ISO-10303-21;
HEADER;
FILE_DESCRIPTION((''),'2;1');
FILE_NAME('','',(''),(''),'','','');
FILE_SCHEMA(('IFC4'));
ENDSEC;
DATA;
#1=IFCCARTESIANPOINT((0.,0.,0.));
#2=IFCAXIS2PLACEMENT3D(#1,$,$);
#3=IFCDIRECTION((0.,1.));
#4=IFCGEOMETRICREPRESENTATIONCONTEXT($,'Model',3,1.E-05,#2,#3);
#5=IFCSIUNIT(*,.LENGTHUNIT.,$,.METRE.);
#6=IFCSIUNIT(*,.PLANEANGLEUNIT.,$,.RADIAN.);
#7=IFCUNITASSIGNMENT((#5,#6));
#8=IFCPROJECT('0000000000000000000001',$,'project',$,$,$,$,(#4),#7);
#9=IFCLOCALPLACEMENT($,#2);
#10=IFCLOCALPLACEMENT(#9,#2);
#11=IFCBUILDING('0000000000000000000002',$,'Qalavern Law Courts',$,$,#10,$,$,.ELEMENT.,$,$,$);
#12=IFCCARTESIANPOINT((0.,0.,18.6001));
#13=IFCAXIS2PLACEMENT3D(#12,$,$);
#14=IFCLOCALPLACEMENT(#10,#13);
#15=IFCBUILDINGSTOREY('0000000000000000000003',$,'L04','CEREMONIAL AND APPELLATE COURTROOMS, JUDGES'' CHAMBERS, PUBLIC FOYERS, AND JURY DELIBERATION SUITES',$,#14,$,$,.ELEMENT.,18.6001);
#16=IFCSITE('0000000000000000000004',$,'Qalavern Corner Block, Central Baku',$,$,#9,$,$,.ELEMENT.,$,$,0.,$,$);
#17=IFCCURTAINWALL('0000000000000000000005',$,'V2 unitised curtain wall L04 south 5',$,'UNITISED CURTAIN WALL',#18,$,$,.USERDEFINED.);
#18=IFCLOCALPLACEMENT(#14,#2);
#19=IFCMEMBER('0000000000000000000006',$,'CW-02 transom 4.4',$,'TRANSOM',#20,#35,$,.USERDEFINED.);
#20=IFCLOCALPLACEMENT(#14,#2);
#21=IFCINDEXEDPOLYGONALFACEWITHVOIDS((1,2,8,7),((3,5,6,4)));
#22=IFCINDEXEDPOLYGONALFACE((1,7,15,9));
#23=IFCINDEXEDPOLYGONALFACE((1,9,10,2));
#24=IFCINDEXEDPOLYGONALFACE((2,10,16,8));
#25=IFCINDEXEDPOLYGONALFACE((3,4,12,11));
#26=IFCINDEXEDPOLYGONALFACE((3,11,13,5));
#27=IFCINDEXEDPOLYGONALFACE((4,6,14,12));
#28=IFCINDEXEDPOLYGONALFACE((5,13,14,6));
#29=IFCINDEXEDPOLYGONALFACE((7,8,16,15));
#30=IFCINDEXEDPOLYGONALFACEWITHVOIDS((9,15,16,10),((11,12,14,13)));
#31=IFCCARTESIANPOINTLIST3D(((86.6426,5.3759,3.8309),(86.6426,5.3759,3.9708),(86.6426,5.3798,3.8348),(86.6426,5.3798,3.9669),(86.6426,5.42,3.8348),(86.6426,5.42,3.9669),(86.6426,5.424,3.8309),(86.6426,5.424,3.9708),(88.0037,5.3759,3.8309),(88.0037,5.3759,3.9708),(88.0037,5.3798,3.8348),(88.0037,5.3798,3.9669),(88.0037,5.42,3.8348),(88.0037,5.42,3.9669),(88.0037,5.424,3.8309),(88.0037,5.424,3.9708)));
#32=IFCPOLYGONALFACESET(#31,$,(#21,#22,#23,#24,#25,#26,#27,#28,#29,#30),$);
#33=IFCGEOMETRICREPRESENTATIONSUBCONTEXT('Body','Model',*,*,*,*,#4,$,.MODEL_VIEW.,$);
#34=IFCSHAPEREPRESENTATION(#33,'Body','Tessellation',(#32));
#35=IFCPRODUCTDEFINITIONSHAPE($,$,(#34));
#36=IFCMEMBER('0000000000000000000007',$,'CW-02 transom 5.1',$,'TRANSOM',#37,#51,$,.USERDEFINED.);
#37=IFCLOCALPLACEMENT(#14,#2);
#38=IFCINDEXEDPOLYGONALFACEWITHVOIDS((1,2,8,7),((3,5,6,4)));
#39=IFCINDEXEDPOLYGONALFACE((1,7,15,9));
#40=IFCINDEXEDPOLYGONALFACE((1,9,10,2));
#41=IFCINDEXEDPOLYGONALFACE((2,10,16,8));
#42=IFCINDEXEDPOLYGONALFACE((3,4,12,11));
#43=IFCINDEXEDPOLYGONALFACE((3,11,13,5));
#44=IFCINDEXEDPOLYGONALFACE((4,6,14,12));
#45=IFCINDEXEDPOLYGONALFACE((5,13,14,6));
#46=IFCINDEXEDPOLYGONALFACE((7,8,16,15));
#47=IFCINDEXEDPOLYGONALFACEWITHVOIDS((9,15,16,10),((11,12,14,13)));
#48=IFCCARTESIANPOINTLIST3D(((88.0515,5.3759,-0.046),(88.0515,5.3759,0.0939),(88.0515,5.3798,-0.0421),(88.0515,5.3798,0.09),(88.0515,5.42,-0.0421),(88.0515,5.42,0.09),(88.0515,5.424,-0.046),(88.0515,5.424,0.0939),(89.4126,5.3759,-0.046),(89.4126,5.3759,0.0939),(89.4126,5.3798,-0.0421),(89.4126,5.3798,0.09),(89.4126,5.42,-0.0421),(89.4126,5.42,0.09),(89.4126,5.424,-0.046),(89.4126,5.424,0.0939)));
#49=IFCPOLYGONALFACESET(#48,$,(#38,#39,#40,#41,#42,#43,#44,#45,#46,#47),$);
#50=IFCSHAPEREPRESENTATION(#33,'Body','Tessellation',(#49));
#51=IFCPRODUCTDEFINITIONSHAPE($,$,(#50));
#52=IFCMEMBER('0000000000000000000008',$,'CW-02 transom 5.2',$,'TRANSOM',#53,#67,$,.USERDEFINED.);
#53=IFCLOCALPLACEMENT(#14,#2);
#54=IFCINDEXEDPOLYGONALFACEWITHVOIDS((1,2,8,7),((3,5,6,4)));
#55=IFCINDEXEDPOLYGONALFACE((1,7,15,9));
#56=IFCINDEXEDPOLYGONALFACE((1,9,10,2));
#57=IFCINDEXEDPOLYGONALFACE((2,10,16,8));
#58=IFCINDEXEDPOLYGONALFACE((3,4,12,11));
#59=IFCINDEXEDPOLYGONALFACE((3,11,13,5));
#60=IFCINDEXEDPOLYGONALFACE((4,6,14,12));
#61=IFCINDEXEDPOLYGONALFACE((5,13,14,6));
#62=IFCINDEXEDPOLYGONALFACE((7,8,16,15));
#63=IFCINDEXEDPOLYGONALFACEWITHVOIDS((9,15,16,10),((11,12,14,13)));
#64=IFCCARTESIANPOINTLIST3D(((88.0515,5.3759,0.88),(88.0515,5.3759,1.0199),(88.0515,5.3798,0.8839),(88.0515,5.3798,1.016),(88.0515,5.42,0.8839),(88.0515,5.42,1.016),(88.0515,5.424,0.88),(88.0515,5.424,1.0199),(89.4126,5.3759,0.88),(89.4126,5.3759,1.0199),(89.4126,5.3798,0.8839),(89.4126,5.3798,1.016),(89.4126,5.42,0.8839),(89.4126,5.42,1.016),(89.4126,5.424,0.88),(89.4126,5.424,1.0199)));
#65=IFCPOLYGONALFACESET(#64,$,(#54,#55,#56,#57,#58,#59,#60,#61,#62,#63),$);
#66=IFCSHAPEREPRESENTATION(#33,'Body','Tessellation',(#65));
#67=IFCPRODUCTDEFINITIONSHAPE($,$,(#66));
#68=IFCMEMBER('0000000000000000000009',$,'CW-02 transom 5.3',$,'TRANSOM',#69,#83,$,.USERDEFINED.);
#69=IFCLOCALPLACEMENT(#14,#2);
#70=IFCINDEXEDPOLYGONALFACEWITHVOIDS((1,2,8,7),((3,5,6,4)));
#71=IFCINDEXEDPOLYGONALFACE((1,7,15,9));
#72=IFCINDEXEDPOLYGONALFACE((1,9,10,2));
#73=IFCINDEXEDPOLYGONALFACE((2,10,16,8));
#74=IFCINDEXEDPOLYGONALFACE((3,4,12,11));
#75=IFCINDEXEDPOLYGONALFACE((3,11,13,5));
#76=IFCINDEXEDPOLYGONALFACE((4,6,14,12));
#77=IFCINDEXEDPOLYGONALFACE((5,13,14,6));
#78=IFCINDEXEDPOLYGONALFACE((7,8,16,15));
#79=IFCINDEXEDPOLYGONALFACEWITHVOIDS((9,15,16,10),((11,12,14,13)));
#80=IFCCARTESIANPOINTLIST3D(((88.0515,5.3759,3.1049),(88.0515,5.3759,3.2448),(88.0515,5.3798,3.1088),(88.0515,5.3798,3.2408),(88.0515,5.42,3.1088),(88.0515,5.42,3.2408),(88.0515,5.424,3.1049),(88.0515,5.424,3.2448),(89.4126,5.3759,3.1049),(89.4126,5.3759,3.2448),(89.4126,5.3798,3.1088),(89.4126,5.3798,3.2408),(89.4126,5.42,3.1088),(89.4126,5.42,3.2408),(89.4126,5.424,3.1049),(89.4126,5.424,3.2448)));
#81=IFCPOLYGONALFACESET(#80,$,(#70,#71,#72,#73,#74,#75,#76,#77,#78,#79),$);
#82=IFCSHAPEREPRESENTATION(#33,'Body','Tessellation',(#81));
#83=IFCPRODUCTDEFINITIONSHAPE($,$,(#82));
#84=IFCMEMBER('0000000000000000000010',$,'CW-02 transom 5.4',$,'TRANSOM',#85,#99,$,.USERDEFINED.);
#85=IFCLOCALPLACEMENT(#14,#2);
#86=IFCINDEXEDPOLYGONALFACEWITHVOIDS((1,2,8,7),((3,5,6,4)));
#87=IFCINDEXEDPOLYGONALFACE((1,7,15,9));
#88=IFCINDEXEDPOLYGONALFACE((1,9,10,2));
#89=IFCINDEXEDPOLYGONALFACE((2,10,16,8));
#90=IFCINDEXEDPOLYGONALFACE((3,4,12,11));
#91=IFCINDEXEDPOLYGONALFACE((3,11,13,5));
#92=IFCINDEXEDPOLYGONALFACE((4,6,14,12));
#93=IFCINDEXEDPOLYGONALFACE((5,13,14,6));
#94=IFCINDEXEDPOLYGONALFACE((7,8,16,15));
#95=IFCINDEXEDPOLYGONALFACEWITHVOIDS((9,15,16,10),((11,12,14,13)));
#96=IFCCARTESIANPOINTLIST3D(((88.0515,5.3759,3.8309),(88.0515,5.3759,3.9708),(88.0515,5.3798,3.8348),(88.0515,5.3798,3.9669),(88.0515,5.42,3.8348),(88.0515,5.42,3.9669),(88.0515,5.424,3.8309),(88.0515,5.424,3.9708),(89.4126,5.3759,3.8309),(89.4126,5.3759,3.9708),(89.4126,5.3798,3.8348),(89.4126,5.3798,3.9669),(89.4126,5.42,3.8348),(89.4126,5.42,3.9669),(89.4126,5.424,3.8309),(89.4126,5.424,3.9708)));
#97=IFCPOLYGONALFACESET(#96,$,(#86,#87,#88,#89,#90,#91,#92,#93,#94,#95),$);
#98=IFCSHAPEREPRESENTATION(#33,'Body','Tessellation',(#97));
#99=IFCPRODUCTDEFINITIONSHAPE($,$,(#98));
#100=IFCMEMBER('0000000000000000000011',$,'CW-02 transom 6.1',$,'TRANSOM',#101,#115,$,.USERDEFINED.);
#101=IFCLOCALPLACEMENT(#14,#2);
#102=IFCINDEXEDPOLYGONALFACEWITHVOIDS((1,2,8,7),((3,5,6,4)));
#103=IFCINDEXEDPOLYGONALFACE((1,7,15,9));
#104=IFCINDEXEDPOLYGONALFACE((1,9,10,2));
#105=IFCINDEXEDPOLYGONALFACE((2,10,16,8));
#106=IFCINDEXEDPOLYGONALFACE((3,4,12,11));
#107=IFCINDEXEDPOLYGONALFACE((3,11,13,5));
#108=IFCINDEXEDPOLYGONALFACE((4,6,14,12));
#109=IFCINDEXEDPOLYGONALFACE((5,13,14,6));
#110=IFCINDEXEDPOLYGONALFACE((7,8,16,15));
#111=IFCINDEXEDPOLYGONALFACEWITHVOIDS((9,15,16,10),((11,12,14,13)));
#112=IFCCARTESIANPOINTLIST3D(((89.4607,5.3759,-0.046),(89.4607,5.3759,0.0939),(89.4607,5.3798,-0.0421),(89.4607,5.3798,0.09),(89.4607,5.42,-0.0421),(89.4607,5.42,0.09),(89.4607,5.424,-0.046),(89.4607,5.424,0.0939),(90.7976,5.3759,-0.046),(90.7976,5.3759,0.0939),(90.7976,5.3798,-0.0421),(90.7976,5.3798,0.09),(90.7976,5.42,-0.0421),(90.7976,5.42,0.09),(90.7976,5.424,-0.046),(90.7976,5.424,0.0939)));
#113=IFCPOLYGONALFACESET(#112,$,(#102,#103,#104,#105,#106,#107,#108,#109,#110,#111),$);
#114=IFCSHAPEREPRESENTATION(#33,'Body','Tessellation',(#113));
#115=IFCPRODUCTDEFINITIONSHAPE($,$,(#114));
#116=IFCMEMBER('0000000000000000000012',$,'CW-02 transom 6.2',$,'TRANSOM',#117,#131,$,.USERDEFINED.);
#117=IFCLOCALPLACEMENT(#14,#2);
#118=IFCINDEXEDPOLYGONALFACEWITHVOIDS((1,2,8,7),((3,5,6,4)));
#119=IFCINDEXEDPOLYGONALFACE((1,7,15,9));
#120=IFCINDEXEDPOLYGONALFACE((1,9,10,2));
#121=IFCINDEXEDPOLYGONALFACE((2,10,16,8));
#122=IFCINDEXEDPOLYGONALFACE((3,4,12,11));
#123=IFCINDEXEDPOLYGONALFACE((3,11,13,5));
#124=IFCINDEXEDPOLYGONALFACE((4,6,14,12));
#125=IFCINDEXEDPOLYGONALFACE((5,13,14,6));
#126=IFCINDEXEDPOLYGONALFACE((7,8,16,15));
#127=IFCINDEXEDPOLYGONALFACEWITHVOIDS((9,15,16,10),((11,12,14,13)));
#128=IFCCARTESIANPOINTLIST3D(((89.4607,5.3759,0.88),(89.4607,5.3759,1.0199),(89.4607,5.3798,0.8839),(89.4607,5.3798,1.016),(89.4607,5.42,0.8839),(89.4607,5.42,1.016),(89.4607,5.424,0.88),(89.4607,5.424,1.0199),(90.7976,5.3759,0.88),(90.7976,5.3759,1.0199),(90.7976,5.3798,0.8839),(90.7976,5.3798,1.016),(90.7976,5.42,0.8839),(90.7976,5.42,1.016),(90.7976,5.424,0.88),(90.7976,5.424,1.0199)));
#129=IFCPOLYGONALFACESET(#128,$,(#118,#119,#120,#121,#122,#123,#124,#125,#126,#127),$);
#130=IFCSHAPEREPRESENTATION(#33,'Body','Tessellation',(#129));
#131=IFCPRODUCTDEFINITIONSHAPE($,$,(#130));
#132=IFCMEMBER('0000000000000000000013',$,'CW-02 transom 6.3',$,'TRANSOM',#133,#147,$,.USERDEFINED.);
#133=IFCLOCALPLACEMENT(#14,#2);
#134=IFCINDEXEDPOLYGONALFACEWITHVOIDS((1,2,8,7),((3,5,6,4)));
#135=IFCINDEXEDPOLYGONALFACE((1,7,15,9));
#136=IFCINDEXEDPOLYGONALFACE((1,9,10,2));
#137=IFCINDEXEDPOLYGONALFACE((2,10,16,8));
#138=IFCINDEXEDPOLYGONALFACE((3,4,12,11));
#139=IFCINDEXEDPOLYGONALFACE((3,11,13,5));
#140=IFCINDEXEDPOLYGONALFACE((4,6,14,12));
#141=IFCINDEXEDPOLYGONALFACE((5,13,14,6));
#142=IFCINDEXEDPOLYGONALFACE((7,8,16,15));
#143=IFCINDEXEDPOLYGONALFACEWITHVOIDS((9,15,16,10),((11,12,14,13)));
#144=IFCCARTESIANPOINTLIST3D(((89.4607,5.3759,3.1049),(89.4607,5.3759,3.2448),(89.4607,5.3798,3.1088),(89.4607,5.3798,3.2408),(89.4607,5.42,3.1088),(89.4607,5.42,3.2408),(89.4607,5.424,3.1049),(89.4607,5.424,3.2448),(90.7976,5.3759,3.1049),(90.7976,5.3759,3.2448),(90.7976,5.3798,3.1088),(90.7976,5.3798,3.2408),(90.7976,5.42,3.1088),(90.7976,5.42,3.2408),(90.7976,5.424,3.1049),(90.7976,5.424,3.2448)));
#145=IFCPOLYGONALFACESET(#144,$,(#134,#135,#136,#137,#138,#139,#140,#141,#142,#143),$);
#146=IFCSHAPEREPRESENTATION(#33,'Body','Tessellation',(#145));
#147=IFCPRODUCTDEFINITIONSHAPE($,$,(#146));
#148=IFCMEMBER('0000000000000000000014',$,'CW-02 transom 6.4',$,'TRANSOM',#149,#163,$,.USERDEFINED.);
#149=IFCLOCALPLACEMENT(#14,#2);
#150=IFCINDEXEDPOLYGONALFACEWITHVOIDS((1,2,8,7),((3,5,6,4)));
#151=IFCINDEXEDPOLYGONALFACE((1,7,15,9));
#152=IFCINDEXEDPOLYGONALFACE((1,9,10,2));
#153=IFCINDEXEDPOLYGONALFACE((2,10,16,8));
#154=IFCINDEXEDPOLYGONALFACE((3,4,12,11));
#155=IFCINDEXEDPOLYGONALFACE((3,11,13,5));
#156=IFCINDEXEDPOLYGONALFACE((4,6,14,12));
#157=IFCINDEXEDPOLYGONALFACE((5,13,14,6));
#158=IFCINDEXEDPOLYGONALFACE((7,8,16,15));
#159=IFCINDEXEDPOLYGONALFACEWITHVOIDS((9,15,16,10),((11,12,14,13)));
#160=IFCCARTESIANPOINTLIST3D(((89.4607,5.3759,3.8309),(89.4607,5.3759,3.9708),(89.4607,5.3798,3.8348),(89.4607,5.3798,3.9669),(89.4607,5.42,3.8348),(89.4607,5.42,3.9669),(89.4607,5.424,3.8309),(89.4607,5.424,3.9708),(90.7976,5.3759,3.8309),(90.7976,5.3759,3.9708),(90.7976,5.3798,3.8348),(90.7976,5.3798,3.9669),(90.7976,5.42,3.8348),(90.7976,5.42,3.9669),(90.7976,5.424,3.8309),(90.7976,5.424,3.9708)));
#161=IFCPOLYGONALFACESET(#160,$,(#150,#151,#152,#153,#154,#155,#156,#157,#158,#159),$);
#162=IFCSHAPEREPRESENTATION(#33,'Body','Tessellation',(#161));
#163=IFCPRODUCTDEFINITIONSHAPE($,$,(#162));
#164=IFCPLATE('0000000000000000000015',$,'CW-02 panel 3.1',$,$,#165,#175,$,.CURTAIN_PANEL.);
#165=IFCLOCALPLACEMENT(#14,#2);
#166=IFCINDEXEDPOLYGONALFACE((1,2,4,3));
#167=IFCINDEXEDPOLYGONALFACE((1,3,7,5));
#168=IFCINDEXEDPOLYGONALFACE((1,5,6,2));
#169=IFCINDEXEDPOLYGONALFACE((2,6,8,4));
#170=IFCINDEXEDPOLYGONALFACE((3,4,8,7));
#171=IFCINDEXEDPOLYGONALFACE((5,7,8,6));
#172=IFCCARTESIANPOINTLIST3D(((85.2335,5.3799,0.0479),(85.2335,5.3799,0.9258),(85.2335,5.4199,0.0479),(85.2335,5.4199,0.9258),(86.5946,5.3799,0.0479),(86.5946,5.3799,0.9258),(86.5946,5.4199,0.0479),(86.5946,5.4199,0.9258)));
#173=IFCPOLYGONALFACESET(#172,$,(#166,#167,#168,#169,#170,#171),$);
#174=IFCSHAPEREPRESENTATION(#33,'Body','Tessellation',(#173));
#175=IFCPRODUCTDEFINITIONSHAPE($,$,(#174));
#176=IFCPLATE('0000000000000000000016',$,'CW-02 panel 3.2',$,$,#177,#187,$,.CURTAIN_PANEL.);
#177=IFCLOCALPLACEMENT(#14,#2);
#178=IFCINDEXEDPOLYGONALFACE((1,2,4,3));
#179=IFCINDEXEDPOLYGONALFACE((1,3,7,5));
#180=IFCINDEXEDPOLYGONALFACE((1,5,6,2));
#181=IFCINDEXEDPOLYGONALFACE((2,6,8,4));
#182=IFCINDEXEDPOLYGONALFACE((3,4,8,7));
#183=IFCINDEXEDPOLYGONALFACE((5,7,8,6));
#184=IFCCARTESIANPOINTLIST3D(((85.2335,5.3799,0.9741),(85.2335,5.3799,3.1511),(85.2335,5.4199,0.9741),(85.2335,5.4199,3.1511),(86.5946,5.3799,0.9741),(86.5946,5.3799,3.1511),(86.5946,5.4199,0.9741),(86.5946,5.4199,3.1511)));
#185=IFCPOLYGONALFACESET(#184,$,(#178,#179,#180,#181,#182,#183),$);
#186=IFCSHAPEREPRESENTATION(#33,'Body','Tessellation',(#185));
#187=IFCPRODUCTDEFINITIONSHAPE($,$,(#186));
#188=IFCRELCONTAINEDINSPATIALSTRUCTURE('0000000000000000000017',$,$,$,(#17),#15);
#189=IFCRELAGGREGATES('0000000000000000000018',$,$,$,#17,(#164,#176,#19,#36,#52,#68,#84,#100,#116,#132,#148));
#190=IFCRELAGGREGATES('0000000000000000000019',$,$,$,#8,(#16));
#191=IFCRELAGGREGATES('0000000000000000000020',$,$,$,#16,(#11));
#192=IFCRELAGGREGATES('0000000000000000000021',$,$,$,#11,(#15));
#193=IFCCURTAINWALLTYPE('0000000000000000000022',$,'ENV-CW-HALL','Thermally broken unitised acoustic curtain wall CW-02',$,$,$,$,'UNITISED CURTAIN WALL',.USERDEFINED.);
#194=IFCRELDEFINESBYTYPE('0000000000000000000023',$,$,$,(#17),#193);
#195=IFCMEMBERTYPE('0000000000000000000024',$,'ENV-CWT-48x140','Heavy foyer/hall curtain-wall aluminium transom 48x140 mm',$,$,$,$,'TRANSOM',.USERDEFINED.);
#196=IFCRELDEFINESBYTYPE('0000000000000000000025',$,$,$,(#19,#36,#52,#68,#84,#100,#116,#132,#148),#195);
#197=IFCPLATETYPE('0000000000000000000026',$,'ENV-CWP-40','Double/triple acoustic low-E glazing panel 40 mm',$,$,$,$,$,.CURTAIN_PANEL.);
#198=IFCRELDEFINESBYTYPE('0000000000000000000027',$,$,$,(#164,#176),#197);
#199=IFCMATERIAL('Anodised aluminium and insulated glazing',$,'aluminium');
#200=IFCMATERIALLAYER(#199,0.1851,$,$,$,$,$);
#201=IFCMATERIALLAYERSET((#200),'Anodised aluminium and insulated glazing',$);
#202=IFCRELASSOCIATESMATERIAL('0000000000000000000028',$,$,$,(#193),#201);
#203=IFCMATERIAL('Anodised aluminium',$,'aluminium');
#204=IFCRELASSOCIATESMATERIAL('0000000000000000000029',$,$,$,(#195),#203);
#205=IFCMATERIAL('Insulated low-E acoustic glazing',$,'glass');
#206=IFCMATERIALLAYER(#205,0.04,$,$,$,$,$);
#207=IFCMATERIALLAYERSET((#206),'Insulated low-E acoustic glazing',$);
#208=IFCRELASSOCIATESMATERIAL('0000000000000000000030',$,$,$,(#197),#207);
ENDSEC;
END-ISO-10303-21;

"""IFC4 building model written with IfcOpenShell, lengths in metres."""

from ifc_helpers import new_model, si_unit, direction, frame, origin, origin_2d, place, context, subcontext, project, spatial, rectangle, hollow_rectangle, extrude, material, layer, layer_set, material_profile, profile_set, type_object, element, aggregate, save


model = new_model("IFC4")

# Units and contexts
model_context = context("Model", 3, precision=1e-05, world=origin(), true_north=direction((0.0, 1.0)))
body_context = subcontext(model_context, "Body", "Model", "MODEL_VIEW")
ifc_project = project(units=[si_unit("LENGTHUNIT", "METRE"), si_unit("PLANEANGLEUNIT", "RADIAN")], contexts=[model_context])

# Site, building, storey
site_placement = place(None, origin())
site = spatial("IfcSite", under=ifc_project, at=site_placement, Name="Qalavern Corner Block, Central Baku", CompositionType="ELEMENT", RefElevation=0.0)
building_placement = place(site_placement, origin())
building = spatial("IfcBuilding", under=site, at=building_placement, Name="Qalavern Law Courts", CompositionType="ELEMENT")
storey_placement = place(building_placement, frame((0.0, 0.0, 18.6001)))
storey = spatial("IfcBuildingStorey", under=building, at=storey_placement, Name="L04", Description="CEREMONIAL AND APPELLATE COURTROOMS, JUDGES' CHAMBERS, PUBLIC FOYERS, AND JURY DELIBERATION SUITES", CompositionType="ELEMENT", Elevation=18.6001)

# Curtain wall, members, plates
ifc_material_1 = material(Name="Anodised aluminium and insulated glazing", Category="aluminium")
ifc_layer_1 = layer(ifc_material_1, 0.1851)
ifc_layer_set_1 = layer_set([ifc_layer_1], Name="Anodised aluminium and insulated glazing")
curtain_wall_type = type_object("IfcCurtainWallType", Name="ENV-CW-HALL", Description="Thermally broken unitised acoustic curtain wall CW-02", ElementType="UNITISED CURTAIN WALL", PredefinedType="USERDEFINED", material=ifc_layer_set_1)
curtain_wall_placement = place(storey_placement, origin())
curtain_wall = element("IfcCurtainWall", 1, at=curtain_wall_placement, inside=storey, type_object=curtain_wall_type, Name="V2 unitised curtain wall L04 south 5", ObjectType="UNITISED CURTAIN WALL", PredefinedType="USERDEFINED")
ifc_material_2 = material(Name="Anodised aluminium", Category="aluminium")
ifc_material_profile_1 = material_profile(ifc_material_2, hollow_rectangle(XDim=0.0481, YDim=0.1399, WallThickness=0.0039, at=origin_2d()), Name="ALU TRANSOM 48x140")
ifc_profile_set_1 = profile_set([ifc_material_profile_1], Name="Anodised aluminium")
member_type_1 = type_object("IfcMemberType", Name="ENV-CWT-48x140", Description="Heavy foyer/hall curtain-wall aluminium transom 48x140 mm", ElementType="TRANSOM", PredefinedType="USERDEFINED", material=ifc_profile_set_1)
member_1_placement = place(storey_placement, frame((86.6426, 5.3999, 3.9009), z_axis=(1.0, 0.0, 0.0), x_axis=(0.0, 1.0, 0.0)))
member_1 = element("IfcMember", 2, at=member_1_placement, type_object=member_type_1, Name="CW-02 transom 4.4", ObjectType="TRANSOM", PredefinedType="USERDEFINED", context=body_context, shape_type="SweptSolid", body=[
    extrude(hollow_rectangle(XDim=0.0481, YDim=0.1399, WallThickness=0.0039, at=origin_2d()), origin(), (0.0, 0.0, 1.0), 1.3611),
])
member_2_placement = place(storey_placement, frame((88.0515, 5.3999, 0.0239), z_axis=(1.0, 0.0, 0.0), x_axis=(0.0, 1.0, 0.0)))
member_2 = element("IfcMember", 3, at=member_2_placement, type_object=member_type_1, Name="CW-02 transom 5.1", ObjectType="TRANSOM", PredefinedType="USERDEFINED", context=body_context, shape_type="SweptSolid", body=[
    extrude(hollow_rectangle(XDim=0.0481, YDim=0.1399, WallThickness=0.0039, at=origin_2d()), origin(), (0.0, 0.0, 1.0), 1.3611),
])
member_3_placement = place(storey_placement, frame((88.0515, 5.3999, 0.95), z_axis=(1.0, 0.0, 0.0), x_axis=(0.0, 1.0, 0.0)))
member_3 = element("IfcMember", 4, at=member_3_placement, type_object=member_type_1, Name="CW-02 transom 5.2", ObjectType="TRANSOM", PredefinedType="USERDEFINED", context=body_context, shape_type="SweptSolid", body=[
    extrude(hollow_rectangle(XDim=0.0481, YDim=0.1399, WallThickness=0.0039, at=origin_2d()), origin(), (0.0, 0.0, 1.0), 1.3611),
])
member_4_placement = place(storey_placement, frame((88.0515, 5.3999, 3.1748), z_axis=(1.0, 0.0, 0.0), x_axis=(0.0, 1.0, 0.0)))
member_4 = element("IfcMember", 5, at=member_4_placement, type_object=member_type_1, Name="CW-02 transom 5.3", ObjectType="TRANSOM", PredefinedType="USERDEFINED", context=body_context, shape_type="SweptSolid", body=[
    extrude(hollow_rectangle(XDim=0.0481, YDim=0.1399, WallThickness=0.0039, at=origin_2d()), origin(), (0.0, 0.0, 1.0), 1.3611),
])
member_5_placement = place(storey_placement, frame((88.0515, 5.3999, 3.9009), z_axis=(1.0, 0.0, 0.0), x_axis=(0.0, 1.0, 0.0)))
member_5 = element("IfcMember", 6, at=member_5_placement, type_object=member_type_1, Name="CW-02 transom 5.4", ObjectType="TRANSOM", PredefinedType="USERDEFINED", context=body_context, shape_type="SweptSolid", body=[
    extrude(hollow_rectangle(XDim=0.0481, YDim=0.1399, WallThickness=0.0039, at=origin_2d()), origin(), (0.0, 0.0, 1.0), 1.3611),
])
member_6_placement = place(storey_placement, frame((89.4607, 5.3999, 0.0239), z_axis=(1.0, 0.0, 0.0), x_axis=(0.0, 1.0, 0.0)))
member_6 = element("IfcMember", 7, at=member_6_placement, type_object=member_type_1, Name="CW-02 transom 6.1", ObjectType="TRANSOM", PredefinedType="USERDEFINED", context=body_context, shape_type="SweptSolid", body=[
    extrude(hollow_rectangle(XDim=0.0481, YDim=0.1399, WallThickness=0.0039, at=origin_2d()), origin(), (0.0, 0.0, 1.0), 1.3369),
])
member_7_placement = place(storey_placement, frame((89.4607, 5.3999, 0.95), z_axis=(1.0, 0.0, 0.0), x_axis=(0.0, 1.0, 0.0)))
member_7 = element("IfcMember", 8, at=member_7_placement, type_object=member_type_1, Name="CW-02 transom 6.2", ObjectType="TRANSOM", PredefinedType="USERDEFINED", context=body_context, shape_type="SweptSolid", body=[
    extrude(hollow_rectangle(XDim=0.0481, YDim=0.1399, WallThickness=0.0039, at=origin_2d()), origin(), (0.0, 0.0, 1.0), 1.3369),
])
member_8_placement = place(storey_placement, frame((89.4607, 5.3999, 3.1748), z_axis=(1.0, 0.0, 0.0), x_axis=(0.0, 1.0, 0.0)))
member_8 = element("IfcMember", 9, at=member_8_placement, type_object=member_type_1, Name="CW-02 transom 6.3", ObjectType="TRANSOM", PredefinedType="USERDEFINED", context=body_context, shape_type="SweptSolid", body=[
    extrude(hollow_rectangle(XDim=0.0481, YDim=0.1399, WallThickness=0.0039, at=origin_2d()), origin(), (0.0, 0.0, 1.0), 1.3369),
])
member_9_placement = place(storey_placement, frame((89.4607, 5.3999, 3.9009), z_axis=(1.0, 0.0, 0.0), x_axis=(0.0, 1.0, 0.0)))
member_9 = element("IfcMember", 10, at=member_9_placement, type_object=member_type_1, Name="CW-02 transom 6.4", ObjectType="TRANSOM", PredefinedType="USERDEFINED", context=body_context, shape_type="SweptSolid", body=[
    extrude(hollow_rectangle(XDim=0.0481, YDim=0.1399, WallThickness=0.0039, at=origin_2d()), origin(), (0.0, 0.0, 1.0), 1.3369),
])
ifc_material_3 = material(Name="Insulated low-E acoustic glazing", Category="glass")
ifc_layer_2 = layer(ifc_material_3, 0.04)
ifc_layer_set_2 = layer_set([ifc_layer_2], Name="Insulated low-E acoustic glazing")
plate_type = type_object("IfcPlateType", Name="ENV-CWP-40", Description="Double/triple acoustic low-E glazing panel 40 mm", PredefinedType="CURTAIN_PANEL", material=ifc_layer_set_2)
plate_1_placement = place(storey_placement, frame((85.9141, 5.3999, 0.0479), z_axis=(0.0, 0.0, 1.0), x_axis=(1.0, 0.0, 0.0)))
plate_1 = element("IfcPlate", 11, at=plate_1_placement, type_object=plate_type, Name="CW-02 panel 3.1", PredefinedType="CURTAIN_PANEL", context=body_context, shape_type="SweptSolid", body=[
    extrude(rectangle(XDim=1.3611, YDim=0.04, at=origin_2d()), origin(), (0.0, 0.0, 1.0), 0.8779),
])
plate_2_placement = place(storey_placement, frame((85.9141, 5.3999, 0.9741), z_axis=(0.0, 0.0, 1.0), x_axis=(1.0, 0.0, 0.0)))
plate_2 = element("IfcPlate", 12, at=plate_2_placement, type_object=plate_type, Name="CW-02 panel 3.2", PredefinedType="CURTAIN_PANEL", context=body_context, shape_type="SweptSolid", body=[
    extrude(rectangle(XDim=1.3611, YDim=0.04, at=origin_2d()), origin(), (0.0, 0.0, 1.0), 2.177),
])
aggregate(curtain_wall, [plate_1, plate_2, member_1, member_2, member_3, member_4, member_5, member_6, member_7, member_8, member_9])

save(model, "model.ifc")
